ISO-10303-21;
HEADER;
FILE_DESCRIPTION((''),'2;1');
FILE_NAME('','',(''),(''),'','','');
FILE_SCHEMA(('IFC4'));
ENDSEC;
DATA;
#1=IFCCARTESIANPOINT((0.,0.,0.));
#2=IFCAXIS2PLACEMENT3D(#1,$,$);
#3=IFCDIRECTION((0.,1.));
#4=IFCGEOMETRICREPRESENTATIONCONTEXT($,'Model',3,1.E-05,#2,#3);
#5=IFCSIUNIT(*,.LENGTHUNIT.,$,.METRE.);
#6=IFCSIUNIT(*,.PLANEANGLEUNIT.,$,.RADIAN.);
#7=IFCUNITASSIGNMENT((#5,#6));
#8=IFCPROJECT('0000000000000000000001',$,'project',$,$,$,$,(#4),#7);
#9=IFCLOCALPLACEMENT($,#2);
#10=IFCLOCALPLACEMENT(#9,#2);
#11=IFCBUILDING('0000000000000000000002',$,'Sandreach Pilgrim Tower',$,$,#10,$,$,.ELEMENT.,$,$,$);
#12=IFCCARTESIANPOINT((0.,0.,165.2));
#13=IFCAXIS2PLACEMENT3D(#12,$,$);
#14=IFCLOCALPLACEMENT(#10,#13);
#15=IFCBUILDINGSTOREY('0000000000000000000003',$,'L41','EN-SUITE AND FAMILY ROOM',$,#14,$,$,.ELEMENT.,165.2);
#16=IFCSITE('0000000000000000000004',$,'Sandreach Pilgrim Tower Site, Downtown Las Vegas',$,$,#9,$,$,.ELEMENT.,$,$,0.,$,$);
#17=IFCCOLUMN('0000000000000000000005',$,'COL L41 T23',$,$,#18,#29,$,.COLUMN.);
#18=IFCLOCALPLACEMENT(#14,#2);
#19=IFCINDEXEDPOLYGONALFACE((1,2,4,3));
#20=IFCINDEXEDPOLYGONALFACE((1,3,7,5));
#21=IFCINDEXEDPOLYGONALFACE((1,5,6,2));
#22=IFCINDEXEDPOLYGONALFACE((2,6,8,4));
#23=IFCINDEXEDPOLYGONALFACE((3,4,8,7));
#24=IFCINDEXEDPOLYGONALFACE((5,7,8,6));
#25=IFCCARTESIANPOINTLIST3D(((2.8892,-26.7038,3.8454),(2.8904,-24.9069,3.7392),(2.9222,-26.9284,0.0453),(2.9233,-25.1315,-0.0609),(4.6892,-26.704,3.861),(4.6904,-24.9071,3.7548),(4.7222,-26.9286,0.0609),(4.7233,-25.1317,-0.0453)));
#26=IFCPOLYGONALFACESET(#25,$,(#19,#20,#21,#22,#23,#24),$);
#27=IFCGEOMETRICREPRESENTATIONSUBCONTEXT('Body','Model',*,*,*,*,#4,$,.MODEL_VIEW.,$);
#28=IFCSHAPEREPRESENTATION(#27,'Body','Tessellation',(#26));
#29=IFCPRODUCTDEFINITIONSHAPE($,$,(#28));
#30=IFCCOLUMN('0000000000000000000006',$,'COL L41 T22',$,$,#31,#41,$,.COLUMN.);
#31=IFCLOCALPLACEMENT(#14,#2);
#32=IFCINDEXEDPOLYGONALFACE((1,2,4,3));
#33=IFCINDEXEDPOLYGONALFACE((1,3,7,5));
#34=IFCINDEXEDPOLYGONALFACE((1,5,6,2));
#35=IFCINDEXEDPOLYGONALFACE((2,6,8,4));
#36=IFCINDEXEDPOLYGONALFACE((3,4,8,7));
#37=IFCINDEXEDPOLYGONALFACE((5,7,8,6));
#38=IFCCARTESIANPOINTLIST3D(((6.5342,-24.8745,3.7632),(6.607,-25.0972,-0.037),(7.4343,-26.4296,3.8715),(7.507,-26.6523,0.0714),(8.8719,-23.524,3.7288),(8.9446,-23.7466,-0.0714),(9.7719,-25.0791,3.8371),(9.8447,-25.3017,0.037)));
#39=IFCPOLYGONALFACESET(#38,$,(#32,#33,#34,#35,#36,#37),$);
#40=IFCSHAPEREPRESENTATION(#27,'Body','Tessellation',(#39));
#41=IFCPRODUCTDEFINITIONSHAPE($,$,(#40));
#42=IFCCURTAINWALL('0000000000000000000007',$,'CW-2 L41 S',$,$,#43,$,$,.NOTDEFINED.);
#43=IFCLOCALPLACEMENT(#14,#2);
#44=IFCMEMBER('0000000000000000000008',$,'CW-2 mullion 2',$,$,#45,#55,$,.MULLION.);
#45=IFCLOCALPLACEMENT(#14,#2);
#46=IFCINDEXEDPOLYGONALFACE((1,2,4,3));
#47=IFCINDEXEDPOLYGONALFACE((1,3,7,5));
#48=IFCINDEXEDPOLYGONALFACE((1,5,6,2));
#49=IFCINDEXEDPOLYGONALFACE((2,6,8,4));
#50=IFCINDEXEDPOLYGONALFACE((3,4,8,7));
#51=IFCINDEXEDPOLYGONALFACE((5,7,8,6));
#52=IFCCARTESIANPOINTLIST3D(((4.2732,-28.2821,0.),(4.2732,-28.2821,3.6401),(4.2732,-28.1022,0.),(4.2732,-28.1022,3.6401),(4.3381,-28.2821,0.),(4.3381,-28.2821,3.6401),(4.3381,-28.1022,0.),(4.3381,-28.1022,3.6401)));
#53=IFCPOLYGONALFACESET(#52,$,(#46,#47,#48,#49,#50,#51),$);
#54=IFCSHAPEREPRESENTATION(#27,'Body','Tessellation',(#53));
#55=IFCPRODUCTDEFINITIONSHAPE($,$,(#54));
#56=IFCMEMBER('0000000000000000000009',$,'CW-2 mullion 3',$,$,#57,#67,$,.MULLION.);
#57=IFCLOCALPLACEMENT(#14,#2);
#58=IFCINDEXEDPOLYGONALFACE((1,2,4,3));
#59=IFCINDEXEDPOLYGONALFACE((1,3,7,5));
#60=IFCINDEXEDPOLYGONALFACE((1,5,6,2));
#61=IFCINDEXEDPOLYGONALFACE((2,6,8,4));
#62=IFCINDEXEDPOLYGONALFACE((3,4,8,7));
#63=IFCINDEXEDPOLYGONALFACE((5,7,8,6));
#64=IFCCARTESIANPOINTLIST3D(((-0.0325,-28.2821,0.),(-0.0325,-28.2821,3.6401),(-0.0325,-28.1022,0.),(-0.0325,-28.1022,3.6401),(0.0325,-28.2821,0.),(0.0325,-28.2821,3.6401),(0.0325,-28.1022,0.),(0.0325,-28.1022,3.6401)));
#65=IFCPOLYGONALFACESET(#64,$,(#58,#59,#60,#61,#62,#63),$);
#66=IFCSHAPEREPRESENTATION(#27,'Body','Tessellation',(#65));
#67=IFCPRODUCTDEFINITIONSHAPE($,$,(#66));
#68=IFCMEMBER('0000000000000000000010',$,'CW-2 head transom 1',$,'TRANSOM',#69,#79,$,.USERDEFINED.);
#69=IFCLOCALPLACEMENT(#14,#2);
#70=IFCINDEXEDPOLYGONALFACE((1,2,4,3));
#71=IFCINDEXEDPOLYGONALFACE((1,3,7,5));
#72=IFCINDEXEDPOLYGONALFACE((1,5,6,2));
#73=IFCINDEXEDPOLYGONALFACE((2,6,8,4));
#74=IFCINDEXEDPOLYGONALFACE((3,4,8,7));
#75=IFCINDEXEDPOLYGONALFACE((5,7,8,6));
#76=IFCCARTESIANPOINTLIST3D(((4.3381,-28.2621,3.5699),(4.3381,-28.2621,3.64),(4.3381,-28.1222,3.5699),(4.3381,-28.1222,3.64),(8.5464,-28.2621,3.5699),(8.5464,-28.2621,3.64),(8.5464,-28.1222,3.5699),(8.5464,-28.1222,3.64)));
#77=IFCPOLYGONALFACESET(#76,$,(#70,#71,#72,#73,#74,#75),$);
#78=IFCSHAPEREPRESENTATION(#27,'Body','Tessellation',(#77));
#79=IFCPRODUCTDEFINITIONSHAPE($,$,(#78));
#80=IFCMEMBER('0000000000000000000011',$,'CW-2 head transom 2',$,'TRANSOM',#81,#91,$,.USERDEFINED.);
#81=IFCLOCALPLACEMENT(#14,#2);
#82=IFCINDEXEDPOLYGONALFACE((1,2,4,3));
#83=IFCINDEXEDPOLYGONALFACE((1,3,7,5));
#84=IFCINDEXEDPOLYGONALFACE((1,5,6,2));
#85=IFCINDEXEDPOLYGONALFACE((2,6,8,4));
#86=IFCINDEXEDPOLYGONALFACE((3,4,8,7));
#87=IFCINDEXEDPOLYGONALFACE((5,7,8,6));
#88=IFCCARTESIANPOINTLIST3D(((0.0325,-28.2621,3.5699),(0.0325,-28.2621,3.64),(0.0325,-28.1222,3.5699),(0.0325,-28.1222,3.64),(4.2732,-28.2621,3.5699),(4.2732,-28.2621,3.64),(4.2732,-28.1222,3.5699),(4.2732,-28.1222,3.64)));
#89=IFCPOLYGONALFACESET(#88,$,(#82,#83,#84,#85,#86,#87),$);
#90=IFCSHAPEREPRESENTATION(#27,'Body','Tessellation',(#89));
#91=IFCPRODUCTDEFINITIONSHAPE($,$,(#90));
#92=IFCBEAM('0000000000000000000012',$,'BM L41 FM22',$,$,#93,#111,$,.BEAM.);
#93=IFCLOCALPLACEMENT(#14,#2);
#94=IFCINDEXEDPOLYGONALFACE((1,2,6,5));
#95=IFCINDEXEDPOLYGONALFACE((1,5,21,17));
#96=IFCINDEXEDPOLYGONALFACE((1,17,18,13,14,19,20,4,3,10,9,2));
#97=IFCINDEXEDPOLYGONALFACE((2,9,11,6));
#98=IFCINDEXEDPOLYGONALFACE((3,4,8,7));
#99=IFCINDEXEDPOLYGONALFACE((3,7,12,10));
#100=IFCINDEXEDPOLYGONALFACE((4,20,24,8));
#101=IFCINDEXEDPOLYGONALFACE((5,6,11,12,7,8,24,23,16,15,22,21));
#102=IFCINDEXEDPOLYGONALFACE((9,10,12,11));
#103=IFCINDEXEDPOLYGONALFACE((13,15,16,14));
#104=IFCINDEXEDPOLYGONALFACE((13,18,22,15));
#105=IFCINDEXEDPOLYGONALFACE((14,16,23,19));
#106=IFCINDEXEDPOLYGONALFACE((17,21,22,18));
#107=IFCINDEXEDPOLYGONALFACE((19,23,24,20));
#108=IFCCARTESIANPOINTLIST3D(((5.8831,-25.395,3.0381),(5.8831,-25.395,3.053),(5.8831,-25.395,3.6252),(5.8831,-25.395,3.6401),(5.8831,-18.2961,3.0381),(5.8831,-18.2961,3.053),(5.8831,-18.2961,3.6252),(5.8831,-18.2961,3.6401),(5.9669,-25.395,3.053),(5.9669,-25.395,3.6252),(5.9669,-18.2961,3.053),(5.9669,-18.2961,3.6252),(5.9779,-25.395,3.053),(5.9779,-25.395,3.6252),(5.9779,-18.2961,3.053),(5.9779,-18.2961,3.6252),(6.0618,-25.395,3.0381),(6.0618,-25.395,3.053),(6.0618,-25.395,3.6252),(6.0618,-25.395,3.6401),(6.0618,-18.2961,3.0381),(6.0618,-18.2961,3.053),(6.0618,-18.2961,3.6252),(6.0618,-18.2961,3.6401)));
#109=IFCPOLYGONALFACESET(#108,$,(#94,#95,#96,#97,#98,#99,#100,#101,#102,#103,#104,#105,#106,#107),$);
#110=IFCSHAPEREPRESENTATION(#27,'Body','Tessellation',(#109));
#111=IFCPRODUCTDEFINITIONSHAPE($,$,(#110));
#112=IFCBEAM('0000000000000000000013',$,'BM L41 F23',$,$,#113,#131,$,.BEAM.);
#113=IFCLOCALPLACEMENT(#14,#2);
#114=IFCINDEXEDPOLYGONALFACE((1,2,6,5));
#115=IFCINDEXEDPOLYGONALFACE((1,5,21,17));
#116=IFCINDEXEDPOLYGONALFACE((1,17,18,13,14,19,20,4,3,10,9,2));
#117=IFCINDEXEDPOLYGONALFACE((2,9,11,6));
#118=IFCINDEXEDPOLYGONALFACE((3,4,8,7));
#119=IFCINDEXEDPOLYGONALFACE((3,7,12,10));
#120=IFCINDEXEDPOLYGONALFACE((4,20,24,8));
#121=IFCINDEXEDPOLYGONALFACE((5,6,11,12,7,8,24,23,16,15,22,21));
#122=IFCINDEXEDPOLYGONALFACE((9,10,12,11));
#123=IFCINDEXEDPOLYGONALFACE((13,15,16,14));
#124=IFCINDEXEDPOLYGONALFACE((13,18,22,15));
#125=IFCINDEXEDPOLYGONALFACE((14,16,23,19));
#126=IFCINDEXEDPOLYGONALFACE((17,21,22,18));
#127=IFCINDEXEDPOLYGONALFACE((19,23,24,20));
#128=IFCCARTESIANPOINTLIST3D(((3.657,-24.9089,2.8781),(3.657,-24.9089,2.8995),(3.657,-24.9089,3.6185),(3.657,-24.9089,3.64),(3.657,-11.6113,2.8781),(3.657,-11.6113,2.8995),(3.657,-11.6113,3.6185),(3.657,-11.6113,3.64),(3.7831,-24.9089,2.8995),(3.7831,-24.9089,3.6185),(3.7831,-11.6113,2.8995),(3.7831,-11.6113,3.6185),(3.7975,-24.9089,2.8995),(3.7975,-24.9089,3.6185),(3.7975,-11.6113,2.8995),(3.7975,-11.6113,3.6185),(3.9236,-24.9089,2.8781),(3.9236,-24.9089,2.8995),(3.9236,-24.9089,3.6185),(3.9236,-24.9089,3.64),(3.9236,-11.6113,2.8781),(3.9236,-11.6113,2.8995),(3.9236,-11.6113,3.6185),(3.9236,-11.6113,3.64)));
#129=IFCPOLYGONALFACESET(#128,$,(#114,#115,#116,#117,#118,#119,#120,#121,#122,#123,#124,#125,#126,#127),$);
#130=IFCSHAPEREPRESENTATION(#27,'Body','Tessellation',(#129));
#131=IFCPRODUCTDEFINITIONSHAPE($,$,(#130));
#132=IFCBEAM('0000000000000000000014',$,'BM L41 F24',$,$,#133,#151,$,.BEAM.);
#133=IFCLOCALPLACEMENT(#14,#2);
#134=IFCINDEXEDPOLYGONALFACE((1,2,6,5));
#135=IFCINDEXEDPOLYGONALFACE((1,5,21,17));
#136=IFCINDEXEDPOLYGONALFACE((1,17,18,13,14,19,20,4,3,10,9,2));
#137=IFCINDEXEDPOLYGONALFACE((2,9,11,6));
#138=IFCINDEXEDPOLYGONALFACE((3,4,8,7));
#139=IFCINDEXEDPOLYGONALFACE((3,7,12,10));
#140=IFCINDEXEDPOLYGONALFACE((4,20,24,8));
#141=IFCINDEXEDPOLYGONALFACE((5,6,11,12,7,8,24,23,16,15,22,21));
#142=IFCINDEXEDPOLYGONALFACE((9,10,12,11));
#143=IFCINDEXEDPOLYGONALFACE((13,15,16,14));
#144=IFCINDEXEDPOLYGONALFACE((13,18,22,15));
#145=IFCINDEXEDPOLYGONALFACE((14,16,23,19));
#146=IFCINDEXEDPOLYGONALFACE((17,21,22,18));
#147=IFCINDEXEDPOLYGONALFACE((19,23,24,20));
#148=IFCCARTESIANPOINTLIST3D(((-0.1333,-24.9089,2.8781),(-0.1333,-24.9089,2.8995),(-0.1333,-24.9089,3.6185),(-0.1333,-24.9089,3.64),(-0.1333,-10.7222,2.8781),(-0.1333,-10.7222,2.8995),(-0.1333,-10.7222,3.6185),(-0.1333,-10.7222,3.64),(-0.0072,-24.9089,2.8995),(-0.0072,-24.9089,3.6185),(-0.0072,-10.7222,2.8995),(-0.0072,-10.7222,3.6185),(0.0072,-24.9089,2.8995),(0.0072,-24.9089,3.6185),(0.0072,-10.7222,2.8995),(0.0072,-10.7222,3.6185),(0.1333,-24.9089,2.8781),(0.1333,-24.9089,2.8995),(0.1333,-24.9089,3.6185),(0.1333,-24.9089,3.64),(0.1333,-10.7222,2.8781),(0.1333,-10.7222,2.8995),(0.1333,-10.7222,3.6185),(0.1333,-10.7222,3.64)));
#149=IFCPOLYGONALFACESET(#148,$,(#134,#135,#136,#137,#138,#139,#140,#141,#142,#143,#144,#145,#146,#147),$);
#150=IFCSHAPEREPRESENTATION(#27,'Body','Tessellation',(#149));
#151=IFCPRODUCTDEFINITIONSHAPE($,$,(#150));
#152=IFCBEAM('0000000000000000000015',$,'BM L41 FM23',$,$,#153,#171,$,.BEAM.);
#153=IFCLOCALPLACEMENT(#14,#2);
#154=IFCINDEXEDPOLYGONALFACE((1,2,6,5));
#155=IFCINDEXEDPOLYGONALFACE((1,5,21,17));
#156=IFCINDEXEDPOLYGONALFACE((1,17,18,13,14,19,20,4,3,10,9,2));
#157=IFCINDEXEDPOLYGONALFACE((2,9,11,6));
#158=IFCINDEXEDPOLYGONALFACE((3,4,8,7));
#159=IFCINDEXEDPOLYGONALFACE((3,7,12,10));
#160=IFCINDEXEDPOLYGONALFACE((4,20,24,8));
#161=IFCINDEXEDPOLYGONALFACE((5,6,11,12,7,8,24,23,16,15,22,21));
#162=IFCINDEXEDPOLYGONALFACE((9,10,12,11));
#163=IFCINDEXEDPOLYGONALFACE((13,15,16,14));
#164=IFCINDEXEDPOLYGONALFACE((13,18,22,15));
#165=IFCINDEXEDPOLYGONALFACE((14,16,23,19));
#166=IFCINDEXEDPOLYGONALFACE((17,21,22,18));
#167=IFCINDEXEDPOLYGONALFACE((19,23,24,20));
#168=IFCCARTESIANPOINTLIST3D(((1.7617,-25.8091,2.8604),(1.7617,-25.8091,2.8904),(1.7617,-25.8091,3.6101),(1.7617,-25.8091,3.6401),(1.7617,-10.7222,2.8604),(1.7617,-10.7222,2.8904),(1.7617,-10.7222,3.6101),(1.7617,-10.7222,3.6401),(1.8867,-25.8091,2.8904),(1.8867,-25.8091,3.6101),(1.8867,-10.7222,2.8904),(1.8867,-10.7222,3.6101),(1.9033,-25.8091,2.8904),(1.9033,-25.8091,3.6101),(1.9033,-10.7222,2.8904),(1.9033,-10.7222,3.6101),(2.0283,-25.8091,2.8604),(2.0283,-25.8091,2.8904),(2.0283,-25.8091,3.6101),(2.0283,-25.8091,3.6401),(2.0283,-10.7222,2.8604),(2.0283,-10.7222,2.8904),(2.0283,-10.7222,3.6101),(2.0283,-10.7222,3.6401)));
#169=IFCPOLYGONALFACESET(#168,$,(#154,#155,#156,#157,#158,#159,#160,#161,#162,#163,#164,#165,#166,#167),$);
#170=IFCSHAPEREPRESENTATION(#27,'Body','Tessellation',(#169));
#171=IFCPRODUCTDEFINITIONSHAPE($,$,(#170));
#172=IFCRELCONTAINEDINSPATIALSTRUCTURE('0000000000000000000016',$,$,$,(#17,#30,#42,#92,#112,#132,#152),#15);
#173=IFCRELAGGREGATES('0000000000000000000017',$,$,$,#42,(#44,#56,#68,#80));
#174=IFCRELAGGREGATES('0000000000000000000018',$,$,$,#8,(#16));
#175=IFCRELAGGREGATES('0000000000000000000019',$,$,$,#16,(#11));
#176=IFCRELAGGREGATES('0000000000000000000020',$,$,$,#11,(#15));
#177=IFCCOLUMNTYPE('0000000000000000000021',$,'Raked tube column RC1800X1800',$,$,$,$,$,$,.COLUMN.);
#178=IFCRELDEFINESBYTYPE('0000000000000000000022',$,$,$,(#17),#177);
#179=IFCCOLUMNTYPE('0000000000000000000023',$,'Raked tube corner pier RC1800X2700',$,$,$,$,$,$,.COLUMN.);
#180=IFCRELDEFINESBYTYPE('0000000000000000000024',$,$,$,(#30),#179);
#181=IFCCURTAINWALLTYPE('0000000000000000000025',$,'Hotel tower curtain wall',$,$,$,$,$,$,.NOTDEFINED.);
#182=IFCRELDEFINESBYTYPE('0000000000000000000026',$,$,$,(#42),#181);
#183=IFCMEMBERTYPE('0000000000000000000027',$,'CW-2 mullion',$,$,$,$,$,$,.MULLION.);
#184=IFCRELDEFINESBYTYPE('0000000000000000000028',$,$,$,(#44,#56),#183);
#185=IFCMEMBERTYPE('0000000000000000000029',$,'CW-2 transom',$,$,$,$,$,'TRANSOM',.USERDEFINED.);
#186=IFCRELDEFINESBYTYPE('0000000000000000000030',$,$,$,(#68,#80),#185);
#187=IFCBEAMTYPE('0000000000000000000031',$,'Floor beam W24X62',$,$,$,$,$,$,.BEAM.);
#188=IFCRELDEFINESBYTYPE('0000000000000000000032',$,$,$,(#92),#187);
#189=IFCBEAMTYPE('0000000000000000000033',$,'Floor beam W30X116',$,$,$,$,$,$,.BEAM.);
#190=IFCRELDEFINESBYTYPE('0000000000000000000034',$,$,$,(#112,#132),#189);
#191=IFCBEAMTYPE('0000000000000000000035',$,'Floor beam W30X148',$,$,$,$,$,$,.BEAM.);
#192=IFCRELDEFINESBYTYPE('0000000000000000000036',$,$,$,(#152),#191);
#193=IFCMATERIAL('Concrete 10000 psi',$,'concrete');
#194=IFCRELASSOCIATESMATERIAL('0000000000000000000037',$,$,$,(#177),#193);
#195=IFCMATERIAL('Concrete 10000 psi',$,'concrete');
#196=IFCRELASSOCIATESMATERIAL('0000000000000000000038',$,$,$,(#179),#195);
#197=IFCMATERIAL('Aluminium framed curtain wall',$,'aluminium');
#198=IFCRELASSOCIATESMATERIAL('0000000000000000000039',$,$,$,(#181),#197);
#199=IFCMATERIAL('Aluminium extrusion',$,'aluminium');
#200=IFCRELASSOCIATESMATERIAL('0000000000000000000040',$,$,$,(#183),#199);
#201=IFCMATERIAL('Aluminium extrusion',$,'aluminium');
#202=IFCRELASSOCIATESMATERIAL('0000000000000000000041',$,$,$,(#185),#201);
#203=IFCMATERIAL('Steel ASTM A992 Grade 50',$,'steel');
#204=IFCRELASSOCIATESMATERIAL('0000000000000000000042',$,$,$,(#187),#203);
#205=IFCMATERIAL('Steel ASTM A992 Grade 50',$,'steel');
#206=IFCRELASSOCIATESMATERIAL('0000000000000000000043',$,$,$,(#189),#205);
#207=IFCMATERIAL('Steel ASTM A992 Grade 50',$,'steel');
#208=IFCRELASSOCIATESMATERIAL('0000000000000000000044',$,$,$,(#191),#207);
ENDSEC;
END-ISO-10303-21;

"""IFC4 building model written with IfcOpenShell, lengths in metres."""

from ifc_helpers import new_model, si_unit, direction, frame, origin, origin_2d, place, context, subcontext, project, spatial, rectangle, i_section, extrude, material, material_profile, profile_set, type_object, element, aggregate, save


model = new_model("IFC4")

# Units and contexts
model_context = context("Model", 3, precision=1e-05, world=origin(), true_north=direction((0.0, 1.0)))
body_context = subcontext(model_context, "Body", "Model", "MODEL_VIEW")
ifc_project = project(units=[si_unit("LENGTHUNIT", "METRE"), si_unit("PLANEANGLEUNIT", "RADIAN")], contexts=[model_context])

# Site, building, storey
site_placement = place(None, origin())
site = spatial("IfcSite", under=ifc_project, at=site_placement, Name="Sandreach Pilgrim Tower Site, Downtown Las Vegas", CompositionType="ELEMENT", RefElevation=0.0)
building_placement = place(site_placement, origin())
building = spatial("IfcBuilding", under=site, at=building_placement, Name="Sandreach Pilgrim Tower", CompositionType="ELEMENT")
storey_placement = place(building_placement, frame((0.0, 0.0, 165.2)))
storey = spatial("IfcBuildingStorey", under=building, at=storey_placement, Name="L41", Description="EN-SUITE AND FAMILY ROOM", CompositionType="ELEMENT", Elevation=165.2)

# Columns
ifc_material_1 = material(Name="Concrete 10000 psi", Category="concrete")
ifc_material_profile_1 = material_profile(ifc_material_1, rectangle(XDim=1.8, YDim=1.8, at=origin_2d()), Name="RC1800X1800")
ifc_profile_set_1 = profile_set([ifc_material_profile_1], Name="Concrete 10000 psi")
column_type_1 = type_object("IfcColumnType", Name="Raked tube column RC1800X1800", PredefinedType="COLUMN", material=ifc_profile_set_1)
column_1_placement = place(storey_placement, frame((3.8228, -26.03, 0.0), z_axis=(-0.008658, 0.059002, 0.99822), x_axis=(-0.000629, -0.998258, 0.058999)))
element("IfcColumn", 1, at=column_1_placement, inside=storey, type_object=column_type_1, Name="COL L41 T23", PredefinedType="COLUMN", context=body_context, shape_type="SweptSolid", body=[
    extrude(rectangle(XDim=1.8, YDim=1.8, at=origin_2d()), origin(), (0.0, 0.0, 1.0), 3.8069),
])
ifc_material_2 = material(Name="Concrete 10000 psi", Category="concrete")
ifc_material_profile_2 = material_profile(ifc_material_2, rectangle(XDim=1.8, YDim=2.7, at=origin_2d()), Name="RC1800X2700")
ifc_profile_set_2 = profile_set([ifc_material_profile_2], Name="Concrete 10000 psi")
column_type_2 = type_object("IfcColumnType", Name="Raked tube corner pier RC1800X2700", PredefinedType="COLUMN", material=ifc_profile_set_2)
column_2_placement = place(storey_placement, frame((8.2258, -25.1995, 0.0), z_axis=(-0.019109, 0.058482, 0.998106), x_axis=(0.500013, -0.863924, 0.060193)))
element("IfcColumn", 2, at=column_2_placement, inside=storey, type_object=column_type_2, Name="COL L41 T22", PredefinedType="COLUMN", context=body_context, shape_type="SweptSolid", body=[
    extrude(rectangle(XDim=1.8, YDim=2.7, at=origin_2d()), origin(), (0.0, 0.0, 1.0), 3.8074),
])

# Curtain wall, members
ifc_material_3 = material(Name="Aluminium framed curtain wall", Category="aluminium")
curtain_wall_type = type_object("IfcCurtainWallType", Name="Hotel tower curtain wall", PredefinedType="NOTDEFINED", material=ifc_material_3)
curtain_wall_placement = place(storey_placement, origin())
curtain_wall = element("IfcCurtainWall", 3, at=curtain_wall_placement, inside=storey, type_object=curtain_wall_type, Name="CW-2 L41 S", PredefinedType="NOTDEFINED")
ifc_material_4 = material(Name="Aluminium extrusion", Category="aluminium")
ifc_material_profile_3 = material_profile(ifc_material_4, rectangle(XDim=0.0649, YDim=0.1799, at=origin_2d()), Name="CW-2M 65X180")
ifc_profile_set_3 = profile_set([ifc_material_profile_3], Name="Aluminium extrusion")
member_type_1 = type_object("IfcMemberType", Name="CW-2 mullion", PredefinedType="MULLION", material=ifc_profile_set_3)
member_1_placement = place(storey_placement, frame((4.3057, -28.1921, 0.0), z_axis=(0.0, 0.0, 1.0), x_axis=(-1.0, 0.0, 0.0)))
member_1 = element("IfcMember", 4, at=member_1_placement, type_object=member_type_1, Name="CW-2 mullion 2", PredefinedType="MULLION", context=body_context, shape_type="SweptSolid", body=[
    extrude(rectangle(XDim=0.0649, YDim=0.1799, at=origin_2d()), origin(), (0.0, 0.0, 1.0), 3.6401),
])
member_2_placement = place(storey_placement, frame((0.0, -28.1921, 0.0), z_axis=(0.0, 0.0, 1.0), x_axis=(-1.0, 0.0, 0.0)))
member_2 = element("IfcMember", 5, at=member_2_placement, type_object=member_type_1, Name="CW-2 mullion 3", PredefinedType="MULLION", context=body_context, shape_type="SweptSolid", body=[
    extrude(rectangle(XDim=0.0649, YDim=0.1799, at=origin_2d()), origin(), (0.0, 0.0, 1.0), 3.6401),
])
ifc_material_5 = material(Name="Aluminium extrusion", Category="aluminium")
ifc_material_profile_4 = material_profile(ifc_material_5, rectangle(XDim=0.1399, YDim=0.0701, at=origin_2d()), Name="CW-2T 140X70")
ifc_profile_set_4 = profile_set([ifc_material_profile_4], Name="Aluminium extrusion")
member_type_2 = type_object("IfcMemberType", Name="CW-2 transom", ElementType="TRANSOM", PredefinedType="USERDEFINED", material=ifc_profile_set_4)
member_3_placement = place(storey_placement, frame((8.5464, -28.1921, 3.605), z_axis=(-1.0, 0.0, 0.0), x_axis=(0.0, -1.0, 0.0)))
member_3 = element("IfcMember", 6, at=member_3_placement, type_object=member_type_2, Name="CW-2 head transom 1", ObjectType="TRANSOM", PredefinedType="USERDEFINED", context=body_context, shape_type="SweptSolid", body=[
    extrude(rectangle(XDim=0.1399, YDim=0.0701, at=origin_2d()), origin(), (0.0, 0.0, 1.0), 4.2083),
])
member_4_placement = place(storey_placement, frame((4.2732, -28.1921, 3.605), z_axis=(-1.0, 0.0, 0.0), x_axis=(0.0, -1.0, 0.0)))
member_4 = element("IfcMember", 7, at=member_4_placement, type_object=member_type_2, Name="CW-2 head transom 2", ObjectType="TRANSOM", PredefinedType="USERDEFINED", context=body_context, shape_type="SweptSolid", body=[
    extrude(rectangle(XDim=0.1399, YDim=0.0701, at=origin_2d()), origin(), (0.0, 0.0, 1.0), 4.2407),
])

# Beams
ifc_material_6 = material(Name="Steel ASTM A992 Grade 50", Category="steel")
ifc_material_profile_5 = material_profile(ifc_material_6, i_section(OverallWidth=0.1787, OverallDepth=0.6021, WebThickness=0.011, FlangeThickness=0.0149, at=origin_2d()), Name="W24X62")
ifc_profile_set_5 = profile_set([ifc_material_profile_5], Name="Steel ASTM A992 Grade 50")
beam_type_1 = type_object("IfcBeamType", Name="Floor beam W24X62", PredefinedType="BEAM", material=ifc_profile_set_5)
beam_1_placement = place(storey_placement, frame((5.9724, -25.395, 3.3391), z_axis=(0.0, 1.0, 0.0), x_axis=(-1.0, 0.0, 0.0)))
element("IfcBeam", 8, at=beam_1_placement, inside=storey, type_object=beam_type_1, Name="BM L41 FM22", PredefinedType="BEAM", context=body_context, shape_type="SweptSolid", body=[
    extrude(i_section(OverallWidth=0.1787, OverallDepth=0.6021, WebThickness=0.011, FlangeThickness=0.0149, at=origin_2d()), origin(), (0.0, 0.0, 1.0), 7.0989),
])
ifc_material_7 = material(Name="Steel ASTM A992 Grade 50", Category="steel")
ifc_material_profile_6 = material_profile(ifc_material_7, i_section(OverallWidth=0.2666, OverallDepth=0.762, WebThickness=0.0144, FlangeThickness=0.0215, at=origin_2d()), Name="W30X116")
ifc_profile_set_6 = profile_set([ifc_material_profile_6], Name="Steel ASTM A992 Grade 50")
beam_type_2 = type_object("IfcBeamType", Name="Floor beam W30X116", PredefinedType="BEAM", material=ifc_profile_set_6)
beam_2_placement = place(storey_placement, frame((3.7903, -24.9089, 3.259), z_axis=(0.0, 1.0, 0.0), x_axis=(-1.0, 0.0, 0.0)))
element("IfcBeam", 9, at=beam_2_placement, inside=storey, type_object=beam_type_2, Name="BM L41 F23", PredefinedType="BEAM", context=body_context, shape_type="SweptSolid", body=[
    extrude(i_section(OverallWidth=0.2666, OverallDepth=0.762, WebThickness=0.0144, FlangeThickness=0.0215, at=origin_2d()), origin(), (0.0, 0.0, 1.0), 13.2976),
])
beam_3_placement = place(storey_placement, frame((0.0, -24.9089, 3.259), z_axis=(0.0, 1.0, 0.0), x_axis=(-1.0, 0.0, 0.0)))
element("IfcBeam", 10, at=beam_3_placement, inside=storey, type_object=beam_type_2, Name="BM L41 F24", PredefinedType="BEAM", context=body_context, shape_type="SweptSolid", body=[
    extrude(i_section(OverallWidth=0.2666, OverallDepth=0.762, WebThickness=0.0144, FlangeThickness=0.0215, at=origin_2d()), origin(), (0.0, 0.0, 1.0), 14.1868),
])
ifc_material_8 = material(Name="Steel ASTM A992 Grade 50", Category="steel")
ifc_material_profile_7 = material_profile(ifc_material_8, i_section(OverallWidth=0.2666, OverallDepth=0.7798, WebThickness=0.0166, FlangeThickness=0.03, at=origin_2d()), Name="W30X148")
ifc_profile_set_7 = profile_set([ifc_material_profile_7], Name="Steel ASTM A992 Grade 50")
beam_type_3 = type_object("IfcBeamType", Name="Floor beam W30X148", PredefinedType="BEAM", material=ifc_profile_set_7)
beam_4_placement = place(storey_placement, frame((1.895, -25.8091, 3.2502), z_axis=(0.0, 1.0, 0.0), x_axis=(-1.0, 0.0, 0.0)))
element("IfcBeam", 11, at=beam_4_placement, inside=storey, type_object=beam_type_3, Name="BM L41 FM23", PredefinedType="BEAM", context=body_context, shape_type="SweptSolid", body=[
    extrude(i_section(OverallWidth=0.2666, OverallDepth=0.7798, WebThickness=0.0166, FlangeThickness=0.03, at=origin_2d()), origin(), (0.0, 0.0, 1.0), 15.0869),
])

aggregate(curtain_wall, [member_1, member_2, member_3, member_4])

save(model, "model.ifc")
